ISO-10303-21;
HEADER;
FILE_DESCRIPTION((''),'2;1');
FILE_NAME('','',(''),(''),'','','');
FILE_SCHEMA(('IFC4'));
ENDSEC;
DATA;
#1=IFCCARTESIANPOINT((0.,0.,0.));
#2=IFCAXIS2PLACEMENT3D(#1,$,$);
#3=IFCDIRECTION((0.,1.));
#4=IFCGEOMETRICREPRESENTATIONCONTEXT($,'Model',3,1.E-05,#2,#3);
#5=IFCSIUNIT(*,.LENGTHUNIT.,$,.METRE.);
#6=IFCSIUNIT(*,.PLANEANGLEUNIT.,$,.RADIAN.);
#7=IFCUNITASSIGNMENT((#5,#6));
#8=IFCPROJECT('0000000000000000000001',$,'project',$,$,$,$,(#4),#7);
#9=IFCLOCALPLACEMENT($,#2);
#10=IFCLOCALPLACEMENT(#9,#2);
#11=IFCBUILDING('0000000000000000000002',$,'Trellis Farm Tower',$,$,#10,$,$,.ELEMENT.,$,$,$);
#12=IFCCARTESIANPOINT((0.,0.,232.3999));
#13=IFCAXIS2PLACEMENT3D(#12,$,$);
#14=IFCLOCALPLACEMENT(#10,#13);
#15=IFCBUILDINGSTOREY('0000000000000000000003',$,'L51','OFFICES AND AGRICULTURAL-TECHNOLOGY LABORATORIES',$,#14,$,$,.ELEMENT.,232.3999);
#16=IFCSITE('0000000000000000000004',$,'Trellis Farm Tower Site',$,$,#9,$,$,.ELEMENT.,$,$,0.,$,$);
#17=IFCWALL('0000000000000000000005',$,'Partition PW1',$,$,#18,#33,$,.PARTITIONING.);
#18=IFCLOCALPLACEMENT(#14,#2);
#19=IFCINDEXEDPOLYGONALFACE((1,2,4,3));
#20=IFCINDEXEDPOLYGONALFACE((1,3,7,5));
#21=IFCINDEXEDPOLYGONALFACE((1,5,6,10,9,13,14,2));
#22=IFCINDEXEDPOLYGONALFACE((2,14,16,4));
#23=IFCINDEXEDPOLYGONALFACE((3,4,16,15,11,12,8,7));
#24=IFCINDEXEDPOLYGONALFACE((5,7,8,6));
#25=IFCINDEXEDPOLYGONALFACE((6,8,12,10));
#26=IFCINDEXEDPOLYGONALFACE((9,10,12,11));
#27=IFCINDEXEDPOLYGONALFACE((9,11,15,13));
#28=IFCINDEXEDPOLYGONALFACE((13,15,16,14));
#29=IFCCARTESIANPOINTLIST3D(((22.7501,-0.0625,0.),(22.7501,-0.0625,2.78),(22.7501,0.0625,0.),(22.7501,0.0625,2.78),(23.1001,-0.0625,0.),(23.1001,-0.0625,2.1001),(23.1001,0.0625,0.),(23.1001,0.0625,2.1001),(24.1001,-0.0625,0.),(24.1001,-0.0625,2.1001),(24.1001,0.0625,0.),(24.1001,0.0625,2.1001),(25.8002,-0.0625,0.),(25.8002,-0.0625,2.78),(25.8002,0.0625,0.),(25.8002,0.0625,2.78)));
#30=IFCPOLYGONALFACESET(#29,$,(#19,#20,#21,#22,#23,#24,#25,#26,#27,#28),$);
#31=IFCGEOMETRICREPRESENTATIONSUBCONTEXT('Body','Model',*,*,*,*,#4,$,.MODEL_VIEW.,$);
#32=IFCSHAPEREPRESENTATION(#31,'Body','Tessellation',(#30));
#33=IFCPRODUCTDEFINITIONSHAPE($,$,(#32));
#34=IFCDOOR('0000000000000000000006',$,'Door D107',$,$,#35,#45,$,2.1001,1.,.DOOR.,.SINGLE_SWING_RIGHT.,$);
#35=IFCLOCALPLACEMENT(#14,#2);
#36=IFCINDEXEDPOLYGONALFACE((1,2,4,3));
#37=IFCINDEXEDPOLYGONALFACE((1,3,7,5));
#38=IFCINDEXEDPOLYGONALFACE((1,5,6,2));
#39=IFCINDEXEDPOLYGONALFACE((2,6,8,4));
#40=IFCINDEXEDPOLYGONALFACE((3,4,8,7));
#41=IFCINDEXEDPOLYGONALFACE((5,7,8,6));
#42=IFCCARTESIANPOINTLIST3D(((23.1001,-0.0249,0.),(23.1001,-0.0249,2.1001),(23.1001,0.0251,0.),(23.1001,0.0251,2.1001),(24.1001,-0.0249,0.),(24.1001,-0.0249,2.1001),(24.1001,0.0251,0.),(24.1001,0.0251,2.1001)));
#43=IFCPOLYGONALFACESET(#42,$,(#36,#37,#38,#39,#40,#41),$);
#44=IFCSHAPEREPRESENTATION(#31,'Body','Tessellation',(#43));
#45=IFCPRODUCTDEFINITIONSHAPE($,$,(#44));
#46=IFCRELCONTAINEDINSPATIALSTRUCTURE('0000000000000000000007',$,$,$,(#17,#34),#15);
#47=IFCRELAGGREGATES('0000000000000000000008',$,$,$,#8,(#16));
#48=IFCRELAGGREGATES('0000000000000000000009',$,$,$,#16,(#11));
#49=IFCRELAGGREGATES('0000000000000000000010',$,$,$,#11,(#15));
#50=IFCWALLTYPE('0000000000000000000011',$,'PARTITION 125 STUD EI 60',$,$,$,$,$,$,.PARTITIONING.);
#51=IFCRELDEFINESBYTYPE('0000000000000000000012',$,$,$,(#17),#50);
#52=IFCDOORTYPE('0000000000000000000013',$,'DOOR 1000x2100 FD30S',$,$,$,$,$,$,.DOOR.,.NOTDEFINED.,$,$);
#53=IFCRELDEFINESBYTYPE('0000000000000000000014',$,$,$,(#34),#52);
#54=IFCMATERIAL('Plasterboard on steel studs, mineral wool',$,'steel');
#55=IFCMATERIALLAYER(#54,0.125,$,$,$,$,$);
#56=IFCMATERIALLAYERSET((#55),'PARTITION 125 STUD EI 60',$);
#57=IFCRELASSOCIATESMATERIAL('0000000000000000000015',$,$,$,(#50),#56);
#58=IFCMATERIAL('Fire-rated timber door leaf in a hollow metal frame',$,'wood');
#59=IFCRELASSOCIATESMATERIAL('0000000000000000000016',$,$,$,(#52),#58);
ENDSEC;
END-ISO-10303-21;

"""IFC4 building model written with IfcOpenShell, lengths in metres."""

from ifc_helpers import new_model, si_unit, direction, frame, frame_2d, origin, place, context, subcontext, project, spatial, rectangle, extrude, source, transform, mapped, material, layer, layer_set, type_object, element, fill, save


model = new_model("IFC4")

# Units and contexts
model_context = context("Model", 3, precision=1e-05, world=origin(), true_north=direction((0.0, 1.0)))
body_context = subcontext(model_context, "Body", "Model", "MODEL_VIEW")
ifc_project = project(units=[si_unit("LENGTHUNIT", "METRE"), si_unit("PLANEANGLEUNIT", "RADIAN")], contexts=[model_context])

# Site, building, storey
site_placement = place(None, origin())
site = spatial("IfcSite", under=ifc_project, at=site_placement, Name="Trellis Farm Tower Site", CompositionType="ELEMENT", RefElevation=0.0)
building_placement = place(site_placement, origin())
building = spatial("IfcBuilding", under=site, at=building_placement, Name="Trellis Farm Tower", CompositionType="ELEMENT")
storey_placement = place(building_placement, frame((0.0, 0.0, 232.3999)))
storey = spatial("IfcBuildingStorey", under=building, at=storey_placement, Name="L51", Description="OFFICES AND AGRICULTURAL-TECHNOLOGY LABORATORIES", CompositionType="ELEMENT", Elevation=232.3999)

# Wall, opening, door
ifc_material_1 = material(Name="Plasterboard on steel studs, mineral wool", Category="steel")
ifc_layer_1 = layer(ifc_material_1, 0.125)
ifc_layer_set_1 = layer_set([ifc_layer_1], Name="PARTITION 125 STUD EI 60")
wall_type_1 = type_object("IfcWallType", Name="PARTITION 125 STUD EI 60", PredefinedType="PARTITIONING", material=ifc_layer_set_1)
shared_shape_1 = source(origin(), body_context, "Body", "SweptSolid", [
    extrude(rectangle(XDim=3.05, YDim=0.125, at=frame_2d((1.5249, 0.0))), origin(), (0.0, 0.0, 1.0), 2.78),
])
wall_1_placement = place(storey_placement, frame((25.8, 0.0, 0.0), z_axis=(0.0, 0.0, 1.0), x_axis=(-1.0, 0.0, 0.0)))
wall_1 = element("IfcWall", 1, at=wall_1_placement, inside=storey, type_object=wall_type_1, Name="Partition PW1", PredefinedType="PARTITIONING", context=body_context, shape_type="MappedRepresentation", body=[
    mapped(shared_shape_1, transform((0.0, 0.0, 0.0))),
])
shared_shape_2 = source(origin(), body_context, "Body", "SweptSolid", [
    extrude(rectangle(XDim=1.0, YDim=2.1001, at=frame_2d((0.5, 1.05))), frame((0.0, 0.0725, 0.0), z_axis=(0.0, -1.0, 0.0), x_axis=(1.0, 0.0, 0.0)), (0.0, 0.0, 1.0), 0.145),
])
opening_1_placement = place(wall_1_placement, frame((1.7, 0.0, 0.0)))
opening_1 = element("IfcOpeningElement", 2, at=opening_1_placement, cuts=wall_1, PredefinedType="OPENING", context=body_context, shape_type="MappedRepresentation", body=[
    mapped(shared_shape_2, transform((0.0, 0.0, 0.0))),
])
ifc_material_2 = material(Name="Fire-rated timber door leaf in a hollow metal frame", Category="wood")
door_type_1 = type_object("IfcDoorType", Name="DOOR 1000x2100 FD30S", OperationType="NOTDEFINED", PredefinedType="DOOR", material=ifc_material_2)
shared_shape_3 = source(origin(), body_context, "Body", "SweptSolid", [
    extrude(rectangle(XDim=1.0, YDim=2.1001, at=frame_2d((0.5, 1.05))), frame((0.0, 0.0249, 0.0), z_axis=(0.0, -1.0, 0.0), x_axis=(1.0, 0.0, 0.0)), (0.0, 0.0, 1.0), 0.05),
])
door_1_placement = place(opening_1_placement, origin())
door_1 = element("IfcDoor", 3, at=door_1_placement, inside=storey, type_object=door_type_1, Name="Door D107", OperationType="SINGLE_SWING_RIGHT", OverallHeight=2.1001, OverallWidth=1.0, PredefinedType="DOOR", context=body_context, shape_type="MappedRepresentation", body=[
    mapped(shared_shape_3, transform((0.0, 0.0, 0.0))),
])
fill(opening_1, door_1)

save(model, "model.ifc")
